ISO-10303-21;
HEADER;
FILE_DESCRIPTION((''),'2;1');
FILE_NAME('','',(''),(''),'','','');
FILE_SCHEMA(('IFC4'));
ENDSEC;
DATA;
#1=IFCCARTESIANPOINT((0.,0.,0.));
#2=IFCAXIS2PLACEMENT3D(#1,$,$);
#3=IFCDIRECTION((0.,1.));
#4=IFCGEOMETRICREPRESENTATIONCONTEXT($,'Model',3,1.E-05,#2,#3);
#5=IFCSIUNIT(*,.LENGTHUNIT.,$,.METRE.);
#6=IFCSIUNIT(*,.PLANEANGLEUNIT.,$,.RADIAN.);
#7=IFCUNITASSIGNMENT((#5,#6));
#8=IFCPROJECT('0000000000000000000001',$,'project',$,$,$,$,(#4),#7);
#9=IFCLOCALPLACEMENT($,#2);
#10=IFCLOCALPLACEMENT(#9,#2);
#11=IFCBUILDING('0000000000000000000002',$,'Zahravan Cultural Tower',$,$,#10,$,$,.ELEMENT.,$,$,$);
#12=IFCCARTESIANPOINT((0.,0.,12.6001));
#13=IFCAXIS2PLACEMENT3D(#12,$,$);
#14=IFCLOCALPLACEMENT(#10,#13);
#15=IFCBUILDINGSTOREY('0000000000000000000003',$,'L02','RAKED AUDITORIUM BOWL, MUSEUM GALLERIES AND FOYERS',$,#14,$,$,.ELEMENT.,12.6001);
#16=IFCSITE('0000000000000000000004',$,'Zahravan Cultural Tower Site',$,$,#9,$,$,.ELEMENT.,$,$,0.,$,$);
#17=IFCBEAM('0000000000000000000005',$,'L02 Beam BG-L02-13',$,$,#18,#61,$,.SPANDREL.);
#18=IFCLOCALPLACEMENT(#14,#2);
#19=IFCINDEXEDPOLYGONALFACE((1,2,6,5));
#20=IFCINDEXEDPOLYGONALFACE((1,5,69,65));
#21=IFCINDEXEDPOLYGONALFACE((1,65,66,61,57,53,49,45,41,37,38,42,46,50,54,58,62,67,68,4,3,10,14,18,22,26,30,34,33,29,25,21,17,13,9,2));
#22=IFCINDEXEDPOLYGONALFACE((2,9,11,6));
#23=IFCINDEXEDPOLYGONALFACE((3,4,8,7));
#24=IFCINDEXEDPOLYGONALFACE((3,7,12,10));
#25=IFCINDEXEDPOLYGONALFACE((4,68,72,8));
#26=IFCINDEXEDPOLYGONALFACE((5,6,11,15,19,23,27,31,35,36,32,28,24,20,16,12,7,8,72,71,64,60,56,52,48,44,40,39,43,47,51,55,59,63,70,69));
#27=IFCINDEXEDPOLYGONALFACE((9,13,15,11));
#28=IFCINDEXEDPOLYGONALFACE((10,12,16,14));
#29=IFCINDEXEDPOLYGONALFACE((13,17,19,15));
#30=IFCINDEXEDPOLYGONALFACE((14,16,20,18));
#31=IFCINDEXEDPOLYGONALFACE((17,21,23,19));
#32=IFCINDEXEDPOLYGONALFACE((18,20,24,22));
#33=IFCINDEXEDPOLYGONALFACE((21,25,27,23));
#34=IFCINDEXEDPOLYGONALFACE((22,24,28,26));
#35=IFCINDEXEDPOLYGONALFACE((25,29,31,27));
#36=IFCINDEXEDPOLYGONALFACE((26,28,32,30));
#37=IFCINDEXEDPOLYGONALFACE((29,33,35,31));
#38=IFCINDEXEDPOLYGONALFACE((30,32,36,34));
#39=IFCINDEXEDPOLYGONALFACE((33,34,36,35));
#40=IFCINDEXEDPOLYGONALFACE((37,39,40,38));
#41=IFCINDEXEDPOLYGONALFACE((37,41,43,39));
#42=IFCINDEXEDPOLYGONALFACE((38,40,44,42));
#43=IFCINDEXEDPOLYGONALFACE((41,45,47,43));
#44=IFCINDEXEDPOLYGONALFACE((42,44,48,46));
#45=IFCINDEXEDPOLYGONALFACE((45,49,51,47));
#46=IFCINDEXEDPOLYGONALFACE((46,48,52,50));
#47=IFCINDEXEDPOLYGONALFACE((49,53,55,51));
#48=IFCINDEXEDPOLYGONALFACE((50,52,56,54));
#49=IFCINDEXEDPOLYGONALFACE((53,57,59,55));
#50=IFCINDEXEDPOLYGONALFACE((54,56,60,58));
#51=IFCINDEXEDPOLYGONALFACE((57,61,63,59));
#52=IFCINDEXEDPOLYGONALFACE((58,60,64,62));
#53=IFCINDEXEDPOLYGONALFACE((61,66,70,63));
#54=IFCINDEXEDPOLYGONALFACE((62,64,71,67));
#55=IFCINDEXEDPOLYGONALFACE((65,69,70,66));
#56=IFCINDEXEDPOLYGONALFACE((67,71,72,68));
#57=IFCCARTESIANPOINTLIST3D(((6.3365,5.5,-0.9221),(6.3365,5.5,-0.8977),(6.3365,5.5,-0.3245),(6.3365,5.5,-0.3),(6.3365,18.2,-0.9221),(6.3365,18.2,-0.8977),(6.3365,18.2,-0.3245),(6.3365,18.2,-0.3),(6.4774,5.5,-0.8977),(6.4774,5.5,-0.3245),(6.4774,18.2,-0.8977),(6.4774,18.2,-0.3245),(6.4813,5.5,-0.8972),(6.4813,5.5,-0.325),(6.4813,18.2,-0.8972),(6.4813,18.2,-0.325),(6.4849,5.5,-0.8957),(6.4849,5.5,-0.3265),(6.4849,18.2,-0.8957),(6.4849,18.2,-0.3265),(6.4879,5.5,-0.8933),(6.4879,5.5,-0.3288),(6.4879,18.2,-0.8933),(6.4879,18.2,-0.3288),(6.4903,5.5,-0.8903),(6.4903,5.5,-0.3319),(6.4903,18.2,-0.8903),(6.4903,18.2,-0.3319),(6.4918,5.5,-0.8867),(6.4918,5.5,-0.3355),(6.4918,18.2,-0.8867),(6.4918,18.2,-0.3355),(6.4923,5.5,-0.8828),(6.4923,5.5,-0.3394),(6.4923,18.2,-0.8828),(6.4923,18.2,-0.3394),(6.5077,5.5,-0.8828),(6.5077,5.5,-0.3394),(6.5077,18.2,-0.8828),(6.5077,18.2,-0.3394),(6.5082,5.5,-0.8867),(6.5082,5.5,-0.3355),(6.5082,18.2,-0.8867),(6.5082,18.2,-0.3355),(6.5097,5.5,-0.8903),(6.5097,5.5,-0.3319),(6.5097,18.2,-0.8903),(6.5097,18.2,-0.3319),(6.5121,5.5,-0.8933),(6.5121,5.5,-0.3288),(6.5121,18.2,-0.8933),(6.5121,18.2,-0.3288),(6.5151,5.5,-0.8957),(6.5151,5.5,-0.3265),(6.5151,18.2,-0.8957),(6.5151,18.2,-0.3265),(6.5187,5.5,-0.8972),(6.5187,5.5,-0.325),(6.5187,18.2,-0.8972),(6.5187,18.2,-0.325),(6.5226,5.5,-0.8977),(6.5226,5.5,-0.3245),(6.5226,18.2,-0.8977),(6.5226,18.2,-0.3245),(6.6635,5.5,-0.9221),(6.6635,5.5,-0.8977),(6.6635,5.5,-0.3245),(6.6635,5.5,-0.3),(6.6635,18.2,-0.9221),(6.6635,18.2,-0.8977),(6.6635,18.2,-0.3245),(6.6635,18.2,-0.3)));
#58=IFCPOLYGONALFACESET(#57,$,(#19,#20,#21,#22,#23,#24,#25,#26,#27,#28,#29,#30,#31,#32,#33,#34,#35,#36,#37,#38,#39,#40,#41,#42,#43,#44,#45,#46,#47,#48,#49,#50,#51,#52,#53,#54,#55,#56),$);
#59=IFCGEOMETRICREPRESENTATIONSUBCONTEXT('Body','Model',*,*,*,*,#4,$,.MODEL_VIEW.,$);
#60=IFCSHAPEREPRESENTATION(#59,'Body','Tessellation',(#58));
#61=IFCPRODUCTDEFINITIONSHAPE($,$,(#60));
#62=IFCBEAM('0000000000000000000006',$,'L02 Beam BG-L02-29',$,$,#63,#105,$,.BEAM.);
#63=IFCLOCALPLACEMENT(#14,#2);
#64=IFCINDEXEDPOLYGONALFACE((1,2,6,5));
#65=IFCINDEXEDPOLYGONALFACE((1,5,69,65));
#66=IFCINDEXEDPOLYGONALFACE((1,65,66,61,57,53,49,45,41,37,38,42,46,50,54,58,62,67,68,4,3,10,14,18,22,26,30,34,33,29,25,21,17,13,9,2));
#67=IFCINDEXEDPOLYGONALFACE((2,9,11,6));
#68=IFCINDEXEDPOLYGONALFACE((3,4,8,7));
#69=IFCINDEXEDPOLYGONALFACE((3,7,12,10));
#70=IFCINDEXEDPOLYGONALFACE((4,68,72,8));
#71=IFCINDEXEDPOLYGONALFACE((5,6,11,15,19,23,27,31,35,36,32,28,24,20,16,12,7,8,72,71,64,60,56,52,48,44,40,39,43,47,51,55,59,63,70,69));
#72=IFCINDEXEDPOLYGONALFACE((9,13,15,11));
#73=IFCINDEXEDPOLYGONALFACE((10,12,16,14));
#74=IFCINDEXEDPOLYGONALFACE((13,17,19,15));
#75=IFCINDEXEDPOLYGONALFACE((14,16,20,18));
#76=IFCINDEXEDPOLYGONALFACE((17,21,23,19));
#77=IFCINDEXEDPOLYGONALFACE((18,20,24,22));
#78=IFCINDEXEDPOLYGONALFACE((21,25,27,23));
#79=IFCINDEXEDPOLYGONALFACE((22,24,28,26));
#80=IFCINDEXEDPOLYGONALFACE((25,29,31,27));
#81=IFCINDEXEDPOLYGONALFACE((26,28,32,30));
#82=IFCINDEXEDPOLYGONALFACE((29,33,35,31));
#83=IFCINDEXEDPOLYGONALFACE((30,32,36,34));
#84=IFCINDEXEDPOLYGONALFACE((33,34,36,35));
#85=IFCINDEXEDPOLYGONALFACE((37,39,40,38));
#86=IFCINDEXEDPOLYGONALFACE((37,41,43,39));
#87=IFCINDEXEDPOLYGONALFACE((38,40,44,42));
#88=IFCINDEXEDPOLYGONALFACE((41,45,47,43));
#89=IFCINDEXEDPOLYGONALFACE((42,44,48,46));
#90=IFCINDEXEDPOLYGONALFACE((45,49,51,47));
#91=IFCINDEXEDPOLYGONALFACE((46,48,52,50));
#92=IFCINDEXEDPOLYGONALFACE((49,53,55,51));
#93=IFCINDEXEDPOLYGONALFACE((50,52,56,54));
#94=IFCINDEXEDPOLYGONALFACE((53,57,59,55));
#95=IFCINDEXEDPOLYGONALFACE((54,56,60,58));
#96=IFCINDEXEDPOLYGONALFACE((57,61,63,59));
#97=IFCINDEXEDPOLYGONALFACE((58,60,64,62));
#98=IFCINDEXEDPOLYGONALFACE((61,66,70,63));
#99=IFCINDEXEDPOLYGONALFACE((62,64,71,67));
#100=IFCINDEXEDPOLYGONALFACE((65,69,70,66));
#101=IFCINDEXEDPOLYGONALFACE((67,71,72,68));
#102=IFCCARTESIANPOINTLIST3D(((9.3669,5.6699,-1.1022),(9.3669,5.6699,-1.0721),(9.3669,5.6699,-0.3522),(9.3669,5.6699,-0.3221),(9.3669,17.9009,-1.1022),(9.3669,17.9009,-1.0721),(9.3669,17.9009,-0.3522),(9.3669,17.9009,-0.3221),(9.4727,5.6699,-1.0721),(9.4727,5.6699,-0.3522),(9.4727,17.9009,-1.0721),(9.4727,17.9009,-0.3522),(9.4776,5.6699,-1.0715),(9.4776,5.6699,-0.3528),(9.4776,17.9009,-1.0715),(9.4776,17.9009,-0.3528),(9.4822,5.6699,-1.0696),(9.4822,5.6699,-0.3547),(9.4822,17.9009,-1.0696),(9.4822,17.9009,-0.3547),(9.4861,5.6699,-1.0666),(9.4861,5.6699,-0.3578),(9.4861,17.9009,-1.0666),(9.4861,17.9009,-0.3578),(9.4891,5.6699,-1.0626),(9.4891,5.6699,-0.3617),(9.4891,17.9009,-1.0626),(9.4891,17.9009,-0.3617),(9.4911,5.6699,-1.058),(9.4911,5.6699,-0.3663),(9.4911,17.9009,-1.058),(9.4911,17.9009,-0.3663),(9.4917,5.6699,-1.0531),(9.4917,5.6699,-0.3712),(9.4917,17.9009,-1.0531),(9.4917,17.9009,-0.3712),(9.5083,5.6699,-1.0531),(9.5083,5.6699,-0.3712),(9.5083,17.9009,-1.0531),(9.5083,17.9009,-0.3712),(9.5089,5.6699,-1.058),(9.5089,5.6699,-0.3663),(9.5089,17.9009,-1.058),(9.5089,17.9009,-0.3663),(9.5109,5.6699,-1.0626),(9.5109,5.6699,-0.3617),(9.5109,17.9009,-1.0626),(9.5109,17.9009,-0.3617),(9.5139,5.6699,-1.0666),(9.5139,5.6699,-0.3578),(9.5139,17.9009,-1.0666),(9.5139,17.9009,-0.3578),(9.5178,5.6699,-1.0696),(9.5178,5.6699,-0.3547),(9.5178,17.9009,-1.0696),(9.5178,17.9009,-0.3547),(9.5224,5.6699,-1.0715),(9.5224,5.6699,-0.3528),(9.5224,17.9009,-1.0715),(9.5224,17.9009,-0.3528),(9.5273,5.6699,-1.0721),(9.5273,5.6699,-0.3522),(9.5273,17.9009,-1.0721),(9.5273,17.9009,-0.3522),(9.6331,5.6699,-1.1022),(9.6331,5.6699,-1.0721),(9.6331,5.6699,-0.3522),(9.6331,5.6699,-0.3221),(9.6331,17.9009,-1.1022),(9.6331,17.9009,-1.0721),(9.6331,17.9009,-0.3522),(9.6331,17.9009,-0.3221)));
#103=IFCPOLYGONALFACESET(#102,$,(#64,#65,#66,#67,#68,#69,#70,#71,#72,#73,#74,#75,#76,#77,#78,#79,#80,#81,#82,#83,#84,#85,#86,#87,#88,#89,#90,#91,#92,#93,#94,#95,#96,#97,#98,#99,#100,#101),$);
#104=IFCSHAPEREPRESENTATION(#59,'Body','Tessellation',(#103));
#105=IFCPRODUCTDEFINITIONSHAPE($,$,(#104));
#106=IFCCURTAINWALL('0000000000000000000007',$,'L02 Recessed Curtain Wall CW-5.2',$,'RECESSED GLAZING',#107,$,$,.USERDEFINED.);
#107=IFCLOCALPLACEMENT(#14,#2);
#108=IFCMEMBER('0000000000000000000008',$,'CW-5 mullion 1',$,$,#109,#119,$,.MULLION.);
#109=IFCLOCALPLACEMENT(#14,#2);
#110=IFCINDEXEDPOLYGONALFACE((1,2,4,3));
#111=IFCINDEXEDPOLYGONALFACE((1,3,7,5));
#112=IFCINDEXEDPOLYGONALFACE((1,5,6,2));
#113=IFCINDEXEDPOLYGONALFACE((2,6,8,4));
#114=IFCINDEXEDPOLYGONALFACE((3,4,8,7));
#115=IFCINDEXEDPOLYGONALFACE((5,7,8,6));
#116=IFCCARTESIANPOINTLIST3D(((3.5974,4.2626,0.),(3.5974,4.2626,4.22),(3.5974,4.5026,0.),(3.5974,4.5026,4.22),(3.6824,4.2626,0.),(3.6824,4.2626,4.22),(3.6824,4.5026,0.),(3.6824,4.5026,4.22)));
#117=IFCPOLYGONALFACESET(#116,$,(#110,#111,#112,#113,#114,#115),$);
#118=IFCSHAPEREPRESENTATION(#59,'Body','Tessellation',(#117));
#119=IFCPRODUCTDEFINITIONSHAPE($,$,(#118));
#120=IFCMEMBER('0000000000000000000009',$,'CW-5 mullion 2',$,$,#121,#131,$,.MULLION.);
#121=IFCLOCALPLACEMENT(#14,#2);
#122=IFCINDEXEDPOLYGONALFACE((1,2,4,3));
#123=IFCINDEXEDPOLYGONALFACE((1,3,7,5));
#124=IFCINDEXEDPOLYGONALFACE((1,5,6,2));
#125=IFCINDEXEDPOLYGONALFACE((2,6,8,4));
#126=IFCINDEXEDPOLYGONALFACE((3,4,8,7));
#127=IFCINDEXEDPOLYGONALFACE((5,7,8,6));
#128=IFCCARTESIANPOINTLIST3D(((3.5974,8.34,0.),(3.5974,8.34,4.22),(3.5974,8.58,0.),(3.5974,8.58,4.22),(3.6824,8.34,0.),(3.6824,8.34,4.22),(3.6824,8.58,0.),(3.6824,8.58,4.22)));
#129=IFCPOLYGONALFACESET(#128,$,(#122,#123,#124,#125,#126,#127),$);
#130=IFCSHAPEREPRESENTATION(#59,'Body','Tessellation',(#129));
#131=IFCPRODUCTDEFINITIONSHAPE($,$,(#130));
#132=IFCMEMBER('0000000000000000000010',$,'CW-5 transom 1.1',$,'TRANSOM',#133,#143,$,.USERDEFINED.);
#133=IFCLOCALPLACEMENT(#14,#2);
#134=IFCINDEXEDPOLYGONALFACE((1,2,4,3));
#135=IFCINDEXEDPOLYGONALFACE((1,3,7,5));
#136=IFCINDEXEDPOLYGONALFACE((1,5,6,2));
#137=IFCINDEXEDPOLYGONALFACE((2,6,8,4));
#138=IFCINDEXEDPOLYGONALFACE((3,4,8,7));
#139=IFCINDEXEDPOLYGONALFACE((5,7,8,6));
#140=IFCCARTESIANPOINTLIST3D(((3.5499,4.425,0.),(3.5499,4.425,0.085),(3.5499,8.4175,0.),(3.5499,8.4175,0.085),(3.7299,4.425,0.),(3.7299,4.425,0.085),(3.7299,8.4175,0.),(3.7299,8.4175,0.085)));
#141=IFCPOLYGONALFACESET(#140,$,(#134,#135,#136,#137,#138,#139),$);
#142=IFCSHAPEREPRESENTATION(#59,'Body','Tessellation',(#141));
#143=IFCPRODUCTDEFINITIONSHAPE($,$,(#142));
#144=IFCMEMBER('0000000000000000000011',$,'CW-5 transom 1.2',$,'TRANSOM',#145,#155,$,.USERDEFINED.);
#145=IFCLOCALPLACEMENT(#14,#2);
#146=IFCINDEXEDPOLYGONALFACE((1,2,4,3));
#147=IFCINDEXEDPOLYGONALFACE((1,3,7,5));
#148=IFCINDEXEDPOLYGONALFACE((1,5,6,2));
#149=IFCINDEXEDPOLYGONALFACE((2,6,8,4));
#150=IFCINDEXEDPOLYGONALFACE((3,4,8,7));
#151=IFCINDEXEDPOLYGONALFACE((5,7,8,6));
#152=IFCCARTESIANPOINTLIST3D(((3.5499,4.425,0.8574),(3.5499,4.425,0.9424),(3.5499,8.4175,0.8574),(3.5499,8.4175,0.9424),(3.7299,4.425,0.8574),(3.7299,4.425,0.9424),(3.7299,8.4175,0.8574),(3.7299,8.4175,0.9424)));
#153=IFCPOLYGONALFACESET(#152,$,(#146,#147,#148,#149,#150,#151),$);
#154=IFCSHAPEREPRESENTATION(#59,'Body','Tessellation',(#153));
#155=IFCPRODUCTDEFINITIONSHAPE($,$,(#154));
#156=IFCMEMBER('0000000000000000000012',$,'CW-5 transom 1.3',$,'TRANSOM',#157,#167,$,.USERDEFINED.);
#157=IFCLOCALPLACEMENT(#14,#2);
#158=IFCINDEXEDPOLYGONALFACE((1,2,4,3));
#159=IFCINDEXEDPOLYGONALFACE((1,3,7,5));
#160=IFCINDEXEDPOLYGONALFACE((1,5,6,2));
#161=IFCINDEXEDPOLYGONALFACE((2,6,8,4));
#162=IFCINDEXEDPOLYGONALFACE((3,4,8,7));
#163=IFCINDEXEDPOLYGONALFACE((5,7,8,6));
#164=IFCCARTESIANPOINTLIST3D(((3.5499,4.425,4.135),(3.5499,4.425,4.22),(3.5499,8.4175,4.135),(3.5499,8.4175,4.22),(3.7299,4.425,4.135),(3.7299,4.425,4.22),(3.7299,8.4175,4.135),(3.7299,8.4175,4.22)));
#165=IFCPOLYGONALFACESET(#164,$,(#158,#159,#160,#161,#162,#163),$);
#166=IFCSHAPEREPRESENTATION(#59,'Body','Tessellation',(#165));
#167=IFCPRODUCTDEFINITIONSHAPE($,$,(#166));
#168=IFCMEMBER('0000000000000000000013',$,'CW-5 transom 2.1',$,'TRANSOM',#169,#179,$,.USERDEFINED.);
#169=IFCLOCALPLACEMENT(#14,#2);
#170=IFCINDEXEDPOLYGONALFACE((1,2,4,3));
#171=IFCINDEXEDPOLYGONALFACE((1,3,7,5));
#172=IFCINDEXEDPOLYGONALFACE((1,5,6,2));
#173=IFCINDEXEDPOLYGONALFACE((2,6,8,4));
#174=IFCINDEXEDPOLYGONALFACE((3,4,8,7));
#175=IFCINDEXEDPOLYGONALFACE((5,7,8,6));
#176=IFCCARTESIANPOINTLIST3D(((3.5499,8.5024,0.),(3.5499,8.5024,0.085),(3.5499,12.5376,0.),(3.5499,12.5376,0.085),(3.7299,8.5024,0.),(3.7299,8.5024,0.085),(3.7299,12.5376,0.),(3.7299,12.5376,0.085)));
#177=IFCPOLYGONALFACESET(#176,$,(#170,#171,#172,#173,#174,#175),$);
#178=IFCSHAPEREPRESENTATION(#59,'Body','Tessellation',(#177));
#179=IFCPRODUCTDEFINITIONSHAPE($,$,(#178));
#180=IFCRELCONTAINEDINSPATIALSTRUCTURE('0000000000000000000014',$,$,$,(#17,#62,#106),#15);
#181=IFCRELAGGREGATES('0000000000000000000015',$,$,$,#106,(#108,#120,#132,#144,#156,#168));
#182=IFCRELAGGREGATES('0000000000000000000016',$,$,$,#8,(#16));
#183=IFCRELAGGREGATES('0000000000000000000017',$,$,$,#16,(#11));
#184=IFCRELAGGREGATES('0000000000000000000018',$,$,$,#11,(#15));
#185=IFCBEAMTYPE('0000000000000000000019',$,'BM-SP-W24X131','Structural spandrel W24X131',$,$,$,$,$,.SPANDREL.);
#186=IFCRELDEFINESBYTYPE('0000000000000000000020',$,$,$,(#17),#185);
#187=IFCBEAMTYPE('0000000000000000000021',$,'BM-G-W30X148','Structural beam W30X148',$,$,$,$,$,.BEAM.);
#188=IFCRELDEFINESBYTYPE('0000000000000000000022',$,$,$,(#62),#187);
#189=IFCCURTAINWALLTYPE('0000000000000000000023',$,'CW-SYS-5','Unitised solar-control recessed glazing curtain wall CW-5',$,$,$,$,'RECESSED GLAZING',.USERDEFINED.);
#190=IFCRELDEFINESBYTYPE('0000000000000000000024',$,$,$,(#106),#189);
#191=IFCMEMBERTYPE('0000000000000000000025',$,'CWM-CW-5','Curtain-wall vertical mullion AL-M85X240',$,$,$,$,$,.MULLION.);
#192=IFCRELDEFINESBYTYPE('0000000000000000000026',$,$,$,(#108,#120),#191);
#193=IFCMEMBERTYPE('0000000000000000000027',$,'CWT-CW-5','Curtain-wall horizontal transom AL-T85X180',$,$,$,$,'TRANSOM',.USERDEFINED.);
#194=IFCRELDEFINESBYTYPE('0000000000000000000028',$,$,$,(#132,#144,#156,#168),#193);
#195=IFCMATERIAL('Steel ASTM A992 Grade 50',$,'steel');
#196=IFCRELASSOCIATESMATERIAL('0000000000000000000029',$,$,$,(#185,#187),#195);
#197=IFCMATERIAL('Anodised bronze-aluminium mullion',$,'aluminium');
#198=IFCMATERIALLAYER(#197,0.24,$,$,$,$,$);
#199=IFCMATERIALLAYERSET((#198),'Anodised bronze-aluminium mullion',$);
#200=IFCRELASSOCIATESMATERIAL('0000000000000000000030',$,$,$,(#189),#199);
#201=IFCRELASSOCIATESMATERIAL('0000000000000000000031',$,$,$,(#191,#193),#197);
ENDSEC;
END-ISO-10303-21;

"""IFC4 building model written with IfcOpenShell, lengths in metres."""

from ifc_helpers import new_model, si_unit, direction, frame, origin, origin_2d, place, context, subcontext, project, spatial, rectangle, i_section, extrude, source, transform, mapped, material, layer, layer_set, material_profile, profile_set, type_object, element, aggregate, save


model = new_model("IFC4")

# Units and contexts
model_context = context("Model", 3, precision=1e-05, world=origin(), true_north=direction((0.0, 1.0)))
body_context = subcontext(model_context, "Body", "Model", "MODEL_VIEW")
ifc_project = project(units=[si_unit("LENGTHUNIT", "METRE"), si_unit("PLANEANGLEUNIT", "RADIAN")], contexts=[model_context])

# Site, building, storey
site_placement = place(None, origin())
site = spatial("IfcSite", under=ifc_project, at=site_placement, Name="Zahravan Cultural Tower Site", CompositionType="ELEMENT", RefElevation=0.0)
building_placement = place(site_placement, origin())
building = spatial("IfcBuilding", under=site, at=building_placement, Name="Zahravan Cultural Tower", CompositionType="ELEMENT")
storey_placement = place(building_placement, frame((0.0, 0.0, 12.6001)))
storey = spatial("IfcBuildingStorey", under=building, at=storey_placement, Name="L02", Description="RAKED AUDITORIUM BOWL, MUSEUM GALLERIES AND FOYERS", CompositionType="ELEMENT", Elevation=12.6001)

# Beams
ifc_material_1 = material(Name="Steel ASTM A992 Grade 50", Category="steel")
ifc_material_profile_1 = material_profile(ifc_material_1, i_section(OverallWidth=0.3269, OverallDepth=0.6221, WebThickness=0.0154, FlangeThickness=0.0244, FilletRadius=0.0149, at=origin_2d()), Name="W24X131")
ifc_profile_set_1 = profile_set([ifc_material_profile_1], Name="Steel ASTM A992 Grade 50")
beam_type_1 = type_object("IfcBeamType", Name="BM-SP-W24X131", Description="Structural spandrel W24X131", PredefinedType="SPANDREL", material=ifc_profile_set_1)
shared_shape_1 = source(origin(), body_context, "Body", "SweptSolid", [
    extrude(i_section(OverallWidth=0.3269, OverallDepth=0.6221, WebThickness=0.0154, FlangeThickness=0.0244, FilletRadius=0.0149, at=origin_2d()), origin(), (0.0, 0.0, 1.0), 12.7),
])
beam_1_placement = place(storey_placement, frame((6.5, 5.5, -0.6111), z_axis=(0.0, 1.0, 0.0), x_axis=(-1.0, 0.0, 0.0)))
element("IfcBeam", 1, at=beam_1_placement, inside=storey, type_object=beam_type_1, Name="L02 Beam BG-L02-13", PredefinedType="SPANDREL", context=body_context, shape_type="MappedRepresentation", body=[
    mapped(shared_shape_1, transform((0.0, 0.0, 0.0), x_axis=(1.0, 0.0, 0.0), y_axis=(0.0, 1.0, 0.0), z_axis=(0.0, 0.0, 1.0), scale=1.0)),
])
ifc_material_profile_2 = material_profile(ifc_material_1, i_section(OverallWidth=0.2661, OverallDepth=0.78, WebThickness=0.0166, FlangeThickness=0.03, FilletRadius=0.019, at=origin_2d()), Name="W30X148")
ifc_profile_set_2 = profile_set([ifc_material_profile_2], Name="Steel ASTM A992 Grade 50")
beam_type_2 = type_object("IfcBeamType", Name="BM-G-W30X148", Description="Structural beam W30X148", PredefinedType="BEAM", material=ifc_profile_set_2)
shared_shape_2 = source(origin(), body_context, "Body", "SweptSolid", [
    extrude(i_section(OverallWidth=0.2661, OverallDepth=0.78, WebThickness=0.0166, FlangeThickness=0.03, FilletRadius=0.019, at=origin_2d()), origin(), (0.0, 0.0, 1.0), 12.231),
])
beam_2_placement = place(storey_placement, frame((9.5, 5.6699, -0.7122), z_axis=(0.0, 1.0, 0.0), x_axis=(-1.0, 0.0, 0.0)))
element("IfcBeam", 2, at=beam_2_placement, inside=storey, type_object=beam_type_2, Name="L02 Beam BG-L02-29", PredefinedType="BEAM", context=body_context, shape_type="MappedRepresentation", body=[
    mapped(shared_shape_2, transform((0.0, 0.0, 0.0), x_axis=(1.0, 0.0, 0.0), y_axis=(0.0, 1.0, 0.0), z_axis=(0.0, 0.0, 1.0), scale=1.0)),
])

# Curtain wall, members
ifc_material_2 = material(Name="Anodised bronze-aluminium mullion", Category="aluminium")
ifc_layer_1 = layer(ifc_material_2, 0.24)
ifc_layer_set_1 = layer_set([ifc_layer_1], Name="Anodised bronze-aluminium mullion")
curtain_wall_type = type_object("IfcCurtainWallType", Name="CW-SYS-5", Description="Unitised solar-control recessed glazing curtain wall CW-5", ElementType="RECESSED GLAZING", PredefinedType="USERDEFINED", material=ifc_layer_set_1)
curtain_wall_placement = place(storey_placement, origin())
curtain_wall = element("IfcCurtainWall", 3, at=curtain_wall_placement, inside=storey, type_object=curtain_wall_type, Name="L02 Recessed Curtain Wall CW-5.2", ObjectType="RECESSED GLAZING", PredefinedType="USERDEFINED")
ifc_material_profile_3 = material_profile(ifc_material_2, rectangle(XDim=0.085, YDim=0.24, at=origin_2d()), Name="AL-M85X240")
ifc_profile_set_3 = profile_set([ifc_material_profile_3], Name="Anodised bronze-aluminium mullion")
member_type_1 = type_object("IfcMemberType", Name="CWM-CW-5", Description="Curtain-wall vertical mullion AL-M85X240", PredefinedType="MULLION", material=ifc_profile_set_3)
shared_shape_3 = source(origin(), body_context, "Body", "SweptSolid", [
    extrude(rectangle(XDim=0.085, YDim=0.24, at=origin_2d()), origin(), (0.0, 0.0, 1.0), 4.22),
])
member_1_placement = place(storey_placement, frame((3.6399, 4.3826, 0.0), z_axis=(0.0, 0.0, 1.0), x_axis=(-1.0, 0.0, 0.0)))
member_1 = element("IfcMember", 4, at=member_1_placement, type_object=member_type_1, Name="CW-5 mullion 1", PredefinedType="MULLION", context=body_context, shape_type="MappedRepresentation", body=[
    mapped(shared_shape_3, transform((0.0, 0.0, 0.0), x_axis=(1.0, 0.0, 0.0), y_axis=(0.0, 1.0, 0.0), z_axis=(0.0, 0.0, 1.0), scale=1.0)),
])
member_2_placement = place(storey_placement, frame((3.6399, 8.46, 0.0), z_axis=(0.0, 0.0, 1.0), x_axis=(-1.0, 0.0, 0.0)))
member_2 = element("IfcMember", 5, at=member_2_placement, type_object=member_type_1, Name="CW-5 mullion 2", PredefinedType="MULLION", context=body_context, shape_type="MappedRepresentation", body=[
    mapped(shared_shape_3, transform((0.0, 0.0, 0.0), x_axis=(1.0, 0.0, 0.0), y_axis=(0.0, 1.0, 0.0), z_axis=(0.0, 0.0, 1.0), scale=1.0)),
])
ifc_material_profile_4 = material_profile(ifc_material_2, rectangle(XDim=0.1799, YDim=0.085, at=origin_2d()), Name="AL-T85X180")
ifc_profile_set_4 = profile_set([ifc_material_profile_4], Name="Anodised bronze-aluminium mullion")
member_type_2 = type_object("IfcMemberType", Name="CWT-CW-5", Description="Curtain-wall horizontal transom AL-T85X180", ElementType="TRANSOM", PredefinedType="USERDEFINED", material=ifc_profile_set_4)
shared_shape_4 = source(origin(), body_context, "Body", "SweptSolid", [
    extrude(rectangle(XDim=0.1799, YDim=0.085, at=origin_2d()), origin(), (0.0, 0.0, 1.0), 3.9924),
])
member_3_placement = place(storey_placement, frame((3.6399, 4.425, 0.0425), z_axis=(0.0, 1.0, 0.0), x_axis=(-1.0, 0.0, 0.0)))
member_3 = element("IfcMember", 6, at=member_3_placement, type_object=member_type_2, Name="CW-5 transom 1.1", ObjectType="TRANSOM", PredefinedType="USERDEFINED", context=body_context, shape_type="MappedRepresentation", body=[
    mapped(shared_shape_4, transform((0.0, 0.0, 0.0), x_axis=(1.0, 0.0, 0.0), y_axis=(0.0, 1.0, 0.0), z_axis=(0.0, 0.0, 1.0), scale=1.0)),
])
member_4_placement = place(storey_placement, frame((3.6399, 4.425, 0.8999), z_axis=(0.0, 1.0, 0.0), x_axis=(-1.0, 0.0, 0.0)))
member_4 = element("IfcMember", 7, at=member_4_placement, type_object=member_type_2, Name="CW-5 transom 1.2", ObjectType="TRANSOM", PredefinedType="USERDEFINED", context=body_context, shape_type="MappedRepresentation", body=[
    mapped(shared_shape_4, transform((0.0, 0.0, 0.0), x_axis=(1.0, 0.0, 0.0), y_axis=(0.0, 1.0, 0.0), z_axis=(0.0, 0.0, 1.0), scale=1.0)),
])
member_5_placement = place(storey_placement, frame((3.6399, 4.425, 4.1775), z_axis=(0.0, 1.0, 0.0), x_axis=(-1.0, 0.0, 0.0)))
member_5 = element("IfcMember", 8, at=member_5_placement, type_object=member_type_2, Name="CW-5 transom 1.3", ObjectType="TRANSOM", PredefinedType="USERDEFINED", context=body_context, shape_type="MappedRepresentation", body=[
    mapped(shared_shape_4, transform((0.0, 0.0, 0.0), x_axis=(1.0, 0.0, 0.0), y_axis=(0.0, 1.0, 0.0), z_axis=(0.0, 0.0, 1.0), scale=1.0)),
])
shared_shape_5 = source(origin(), body_context, "Body", "SweptSolid", [
    extrude(rectangle(XDim=0.1799, YDim=0.085, at=origin_2d()), origin(), (0.0, 0.0, 1.0), 4.0352),
])
member_6_placement = place(storey_placement, frame((3.6399, 8.5024, 0.0425), z_axis=(0.0, 1.0, 0.0), x_axis=(-1.0, 0.0, 0.0)))
member_6 = element("IfcMember", 9, at=member_6_placement, type_object=member_type_2, Name="CW-5 transom 2.1", ObjectType="TRANSOM", PredefinedType="USERDEFINED", context=body_context, shape_type="MappedRepresentation", body=[
    mapped(shared_shape_5, transform((0.0, 0.0, 0.0), x_axis=(1.0, 0.0, 0.0), y_axis=(0.0, 1.0, 0.0), z_axis=(0.0, 0.0, 1.0), scale=1.0)),
])

aggregate(curtain_wall, [member_1, member_2, member_3, member_4, member_5, member_6])

save(model, "model.ifc")
